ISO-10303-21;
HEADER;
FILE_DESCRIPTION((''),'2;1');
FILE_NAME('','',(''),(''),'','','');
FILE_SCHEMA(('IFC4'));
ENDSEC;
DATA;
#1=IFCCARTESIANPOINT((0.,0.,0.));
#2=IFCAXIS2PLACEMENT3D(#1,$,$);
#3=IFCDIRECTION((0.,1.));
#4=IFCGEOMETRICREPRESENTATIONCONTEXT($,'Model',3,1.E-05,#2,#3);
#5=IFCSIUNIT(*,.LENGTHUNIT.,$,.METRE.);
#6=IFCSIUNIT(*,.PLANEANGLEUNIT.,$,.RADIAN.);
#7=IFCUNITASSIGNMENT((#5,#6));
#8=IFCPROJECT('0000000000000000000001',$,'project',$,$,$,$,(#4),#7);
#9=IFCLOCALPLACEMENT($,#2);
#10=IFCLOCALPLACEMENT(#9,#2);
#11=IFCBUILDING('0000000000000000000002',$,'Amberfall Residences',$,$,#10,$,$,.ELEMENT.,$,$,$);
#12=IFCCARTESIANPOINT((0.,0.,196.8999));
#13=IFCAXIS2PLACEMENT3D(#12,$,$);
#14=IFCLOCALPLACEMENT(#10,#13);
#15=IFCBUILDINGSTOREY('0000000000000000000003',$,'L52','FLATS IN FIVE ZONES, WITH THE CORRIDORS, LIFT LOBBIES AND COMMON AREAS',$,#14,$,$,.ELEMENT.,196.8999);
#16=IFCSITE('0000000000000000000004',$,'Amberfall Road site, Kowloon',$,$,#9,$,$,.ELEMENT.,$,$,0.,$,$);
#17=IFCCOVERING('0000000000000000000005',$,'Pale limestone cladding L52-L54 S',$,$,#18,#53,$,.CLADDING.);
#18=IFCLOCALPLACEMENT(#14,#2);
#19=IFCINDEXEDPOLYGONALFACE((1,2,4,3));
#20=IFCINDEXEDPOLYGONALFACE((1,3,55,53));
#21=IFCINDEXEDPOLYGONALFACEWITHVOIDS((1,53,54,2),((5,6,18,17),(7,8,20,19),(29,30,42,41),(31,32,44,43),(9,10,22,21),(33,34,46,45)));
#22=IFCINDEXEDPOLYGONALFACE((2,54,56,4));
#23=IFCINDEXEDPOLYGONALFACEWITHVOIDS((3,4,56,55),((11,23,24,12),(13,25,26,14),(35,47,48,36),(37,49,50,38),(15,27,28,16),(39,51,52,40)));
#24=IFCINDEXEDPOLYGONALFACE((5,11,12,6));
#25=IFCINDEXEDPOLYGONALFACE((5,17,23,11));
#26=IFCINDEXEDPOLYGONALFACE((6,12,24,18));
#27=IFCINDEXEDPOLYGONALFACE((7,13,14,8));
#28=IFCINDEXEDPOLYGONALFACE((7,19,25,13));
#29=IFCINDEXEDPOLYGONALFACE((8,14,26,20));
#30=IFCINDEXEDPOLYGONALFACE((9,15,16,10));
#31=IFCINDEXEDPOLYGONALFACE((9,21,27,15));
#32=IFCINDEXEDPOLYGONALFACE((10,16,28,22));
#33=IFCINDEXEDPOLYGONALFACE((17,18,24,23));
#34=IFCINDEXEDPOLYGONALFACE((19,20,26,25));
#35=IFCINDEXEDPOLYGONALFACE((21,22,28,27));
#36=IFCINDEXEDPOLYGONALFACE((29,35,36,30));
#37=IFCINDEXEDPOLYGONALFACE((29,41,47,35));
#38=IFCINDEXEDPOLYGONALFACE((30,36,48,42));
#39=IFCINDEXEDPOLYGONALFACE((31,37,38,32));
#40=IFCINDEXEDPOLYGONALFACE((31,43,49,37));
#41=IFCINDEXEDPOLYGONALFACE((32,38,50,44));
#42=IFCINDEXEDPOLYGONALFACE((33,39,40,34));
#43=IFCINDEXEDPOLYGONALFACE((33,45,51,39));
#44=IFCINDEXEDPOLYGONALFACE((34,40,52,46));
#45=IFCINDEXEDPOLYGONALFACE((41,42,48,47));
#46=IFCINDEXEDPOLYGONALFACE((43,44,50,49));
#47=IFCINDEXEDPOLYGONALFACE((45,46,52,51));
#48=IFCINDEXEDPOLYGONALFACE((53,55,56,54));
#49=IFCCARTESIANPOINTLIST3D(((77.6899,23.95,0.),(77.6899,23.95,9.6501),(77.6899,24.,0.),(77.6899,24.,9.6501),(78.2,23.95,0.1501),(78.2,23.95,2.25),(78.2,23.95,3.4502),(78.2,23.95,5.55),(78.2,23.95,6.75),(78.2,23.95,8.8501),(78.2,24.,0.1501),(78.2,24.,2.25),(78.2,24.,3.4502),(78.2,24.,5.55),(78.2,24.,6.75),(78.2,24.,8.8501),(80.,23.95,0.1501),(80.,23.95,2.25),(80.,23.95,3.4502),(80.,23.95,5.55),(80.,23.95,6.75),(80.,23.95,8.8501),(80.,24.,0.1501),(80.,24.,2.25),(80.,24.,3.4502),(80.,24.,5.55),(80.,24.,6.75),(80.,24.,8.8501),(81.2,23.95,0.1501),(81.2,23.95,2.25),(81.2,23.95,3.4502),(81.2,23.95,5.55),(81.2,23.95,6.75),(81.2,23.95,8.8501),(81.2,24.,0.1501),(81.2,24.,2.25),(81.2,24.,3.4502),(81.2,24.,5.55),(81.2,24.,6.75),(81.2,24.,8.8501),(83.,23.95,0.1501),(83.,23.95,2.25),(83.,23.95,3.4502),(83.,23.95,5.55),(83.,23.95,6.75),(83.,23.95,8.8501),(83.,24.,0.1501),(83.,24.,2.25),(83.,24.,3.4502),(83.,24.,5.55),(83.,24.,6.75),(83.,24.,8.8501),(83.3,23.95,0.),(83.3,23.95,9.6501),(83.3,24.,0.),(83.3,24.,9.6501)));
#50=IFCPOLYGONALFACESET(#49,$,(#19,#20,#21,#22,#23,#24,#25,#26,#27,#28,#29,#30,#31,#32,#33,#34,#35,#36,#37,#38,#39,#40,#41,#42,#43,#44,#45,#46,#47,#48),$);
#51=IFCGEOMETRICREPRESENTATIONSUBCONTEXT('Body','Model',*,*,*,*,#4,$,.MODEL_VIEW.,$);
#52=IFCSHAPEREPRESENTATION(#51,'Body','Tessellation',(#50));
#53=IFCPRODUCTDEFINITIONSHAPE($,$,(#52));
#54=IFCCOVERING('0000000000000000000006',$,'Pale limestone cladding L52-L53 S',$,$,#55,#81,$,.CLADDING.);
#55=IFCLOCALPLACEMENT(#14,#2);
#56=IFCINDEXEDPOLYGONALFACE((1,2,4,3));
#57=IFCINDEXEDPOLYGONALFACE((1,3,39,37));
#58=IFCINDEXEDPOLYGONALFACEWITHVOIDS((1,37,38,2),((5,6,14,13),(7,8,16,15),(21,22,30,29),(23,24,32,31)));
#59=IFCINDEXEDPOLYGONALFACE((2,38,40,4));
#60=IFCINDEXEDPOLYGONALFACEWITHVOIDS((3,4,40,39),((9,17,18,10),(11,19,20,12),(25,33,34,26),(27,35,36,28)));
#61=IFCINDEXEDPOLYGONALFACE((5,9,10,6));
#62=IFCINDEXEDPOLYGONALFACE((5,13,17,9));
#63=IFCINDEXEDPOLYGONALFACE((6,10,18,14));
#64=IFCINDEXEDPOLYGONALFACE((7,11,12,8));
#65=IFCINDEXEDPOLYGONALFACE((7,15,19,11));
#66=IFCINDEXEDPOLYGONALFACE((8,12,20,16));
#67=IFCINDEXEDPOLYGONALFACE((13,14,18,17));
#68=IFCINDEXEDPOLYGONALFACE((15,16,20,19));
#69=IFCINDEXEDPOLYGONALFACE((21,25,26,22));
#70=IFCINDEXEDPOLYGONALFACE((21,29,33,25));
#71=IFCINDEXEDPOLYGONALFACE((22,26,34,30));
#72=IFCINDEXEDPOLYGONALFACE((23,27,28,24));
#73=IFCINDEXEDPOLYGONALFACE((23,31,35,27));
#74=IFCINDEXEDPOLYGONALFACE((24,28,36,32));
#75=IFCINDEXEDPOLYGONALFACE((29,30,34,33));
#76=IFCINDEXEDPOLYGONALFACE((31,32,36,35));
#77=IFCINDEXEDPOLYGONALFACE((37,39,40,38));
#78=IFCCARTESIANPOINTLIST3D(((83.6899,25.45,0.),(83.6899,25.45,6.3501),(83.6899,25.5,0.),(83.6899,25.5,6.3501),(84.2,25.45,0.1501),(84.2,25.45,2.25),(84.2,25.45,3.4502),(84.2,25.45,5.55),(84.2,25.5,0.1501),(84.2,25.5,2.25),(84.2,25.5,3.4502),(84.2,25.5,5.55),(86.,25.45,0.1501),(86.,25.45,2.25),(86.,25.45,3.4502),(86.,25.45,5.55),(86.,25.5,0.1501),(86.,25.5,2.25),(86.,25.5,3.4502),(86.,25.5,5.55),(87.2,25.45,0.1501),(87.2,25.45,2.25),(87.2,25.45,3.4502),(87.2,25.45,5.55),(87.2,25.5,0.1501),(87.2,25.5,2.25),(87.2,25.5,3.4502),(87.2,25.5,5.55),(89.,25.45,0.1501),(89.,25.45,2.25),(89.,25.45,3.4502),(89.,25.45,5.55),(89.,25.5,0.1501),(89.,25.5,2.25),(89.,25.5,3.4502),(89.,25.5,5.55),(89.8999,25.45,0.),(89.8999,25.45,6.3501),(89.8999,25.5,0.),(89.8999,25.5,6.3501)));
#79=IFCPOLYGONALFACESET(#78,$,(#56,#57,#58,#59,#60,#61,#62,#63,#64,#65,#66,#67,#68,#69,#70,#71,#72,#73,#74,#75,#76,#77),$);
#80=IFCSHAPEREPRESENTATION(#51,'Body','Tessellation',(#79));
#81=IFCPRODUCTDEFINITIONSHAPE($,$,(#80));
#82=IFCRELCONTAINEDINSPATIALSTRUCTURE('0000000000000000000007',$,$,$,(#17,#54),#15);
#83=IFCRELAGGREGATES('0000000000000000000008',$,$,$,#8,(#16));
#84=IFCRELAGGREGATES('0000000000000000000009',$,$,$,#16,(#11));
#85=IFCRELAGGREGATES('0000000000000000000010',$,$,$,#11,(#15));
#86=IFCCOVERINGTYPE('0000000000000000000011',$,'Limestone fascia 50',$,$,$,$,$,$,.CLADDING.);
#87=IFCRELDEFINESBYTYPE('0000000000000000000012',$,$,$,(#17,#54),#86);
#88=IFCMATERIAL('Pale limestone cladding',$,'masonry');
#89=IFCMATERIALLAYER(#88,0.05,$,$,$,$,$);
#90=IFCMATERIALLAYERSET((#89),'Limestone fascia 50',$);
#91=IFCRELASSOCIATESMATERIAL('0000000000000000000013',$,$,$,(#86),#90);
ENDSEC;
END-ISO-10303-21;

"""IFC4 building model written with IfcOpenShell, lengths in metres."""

from ifc_helpers import new_model, si_unit, direction, frame, origin, place, context, subcontext, project, spatial, polyline, outline, extrude, material, layer, layer_set, type_object, element, save


model = new_model("IFC4")

# Units and contexts
model_context = context("Model", 3, precision=1e-05, world=origin(), true_north=direction((0.0, 1.0)))
body_context = subcontext(model_context, "Body", "Model", "MODEL_VIEW")
ifc_project = project(units=[si_unit("LENGTHUNIT", "METRE"), si_unit("PLANEANGLEUNIT", "RADIAN")], contexts=[model_context])

# Site, building, storey
site_placement = place(None, origin())
site = spatial("IfcSite", under=ifc_project, at=site_placement, Name="Amberfall Road site, Kowloon", CompositionType="ELEMENT", RefElevation=0.0)
building_placement = place(site_placement, origin())
building = spatial("IfcBuilding", under=site, at=building_placement, Name="Amberfall Residences", CompositionType="ELEMENT")
storey_placement = place(building_placement, frame((0.0, 0.0, 196.8999)))
storey = spatial("IfcBuildingStorey", under=building, at=storey_placement, Name="L52", Description="FLATS IN FIVE ZONES, WITH THE CORRIDORS, LIFT LOBBIES AND COMMON AREAS", CompositionType="ELEMENT", Elevation=196.8999)

# Coverings
ifc_material_1 = material(Name="Pale limestone cladding", Category="masonry")
ifc_layer_1 = layer(ifc_material_1, 0.05)
ifc_layer_set_1 = layer_set([ifc_layer_1], Name="Limestone fascia 50")
covering_type = type_object("IfcCoveringType", Name="Limestone fascia 50", PredefinedType="CLADDING", material=ifc_layer_set_1)
covering_1_placement = place(storey_placement, frame((77.6899, 24.0, 9.6501), z_axis=(0.0, 1.0, 0.0), x_axis=(1.0, 0.0, 0.0)))
element("IfcCovering", 1, at=covering_1_placement, inside=storey, type_object=covering_type, Name="Pale limestone cladding L52-L54 S", PredefinedType="CLADDING", context=body_context, shape_type="SweptSolid", body=[
    extrude(outline(polyline([(0.0, 0.0), (5.6101, 0.0), (5.6101, 9.6501), (0.0, 9.6501), (0.0, 0.0)]), holes=[polyline([(0.51, 7.4001), (2.3101, 7.4001), (2.3101, 9.5), (0.51, 9.5), (0.51, 7.4001)]), polyline([(3.51, 7.4001), (5.3101, 7.4001), (5.3101, 9.5), (3.51, 9.5), (3.51, 7.4001)]), polyline([(0.51, 4.1001), (2.3101, 4.1001), (2.3101, 6.2), (0.51, 6.2), (0.51, 4.1001)]), polyline([(3.51, 4.1001), (5.3101, 4.1001), (5.3101, 6.2), (3.51, 6.2), (3.51, 4.1001)]), polyline([(0.51, 0.8), (2.3101, 0.8), (2.3101, 2.9001), (0.51, 2.9001), (0.51, 0.8)]), polyline([(3.51, 0.8), (5.3101, 0.8), (5.3101, 2.9001), (3.51, 2.9001), (3.51, 0.8)])]), origin(), (0.0, 0.0, -1.0), 0.05),
])
covering_2_placement = place(storey_placement, frame((83.6899, 25.5, 6.3501), z_axis=(0.0, 1.0, 0.0), x_axis=(1.0, 0.0, 0.0)))
element("IfcCovering", 2, at=covering_2_placement, inside=storey, type_object=covering_type, Name="Pale limestone cladding L52-L53 S", PredefinedType="CLADDING", context=body_context, shape_type="SweptSolid", body=[
    extrude(outline(polyline([(0.0, 0.0), (6.21, 0.0), (6.21, 6.3501), (0.0, 6.3501), (0.0, 0.0)]), holes=[polyline([(0.51, 4.1001), (2.3101, 4.1001), (2.3101, 6.2), (0.51, 6.2), (0.51, 4.1001)]), polyline([(3.51, 4.1001), (5.3101, 4.1001), (5.3101, 6.2), (3.51, 6.2), (3.51, 4.1001)]), polyline([(0.51, 0.8), (2.3101, 0.8), (2.3101, 2.8999), (0.51, 2.8999), (0.51, 0.8)]), polyline([(3.51, 0.8), (5.3101, 0.8), (5.3101, 2.8999), (3.51, 2.8999), (3.51, 0.8)])]), origin(), (0.0, 0.0, -1.0), 0.05),
])

save(model, "model.ifc")
